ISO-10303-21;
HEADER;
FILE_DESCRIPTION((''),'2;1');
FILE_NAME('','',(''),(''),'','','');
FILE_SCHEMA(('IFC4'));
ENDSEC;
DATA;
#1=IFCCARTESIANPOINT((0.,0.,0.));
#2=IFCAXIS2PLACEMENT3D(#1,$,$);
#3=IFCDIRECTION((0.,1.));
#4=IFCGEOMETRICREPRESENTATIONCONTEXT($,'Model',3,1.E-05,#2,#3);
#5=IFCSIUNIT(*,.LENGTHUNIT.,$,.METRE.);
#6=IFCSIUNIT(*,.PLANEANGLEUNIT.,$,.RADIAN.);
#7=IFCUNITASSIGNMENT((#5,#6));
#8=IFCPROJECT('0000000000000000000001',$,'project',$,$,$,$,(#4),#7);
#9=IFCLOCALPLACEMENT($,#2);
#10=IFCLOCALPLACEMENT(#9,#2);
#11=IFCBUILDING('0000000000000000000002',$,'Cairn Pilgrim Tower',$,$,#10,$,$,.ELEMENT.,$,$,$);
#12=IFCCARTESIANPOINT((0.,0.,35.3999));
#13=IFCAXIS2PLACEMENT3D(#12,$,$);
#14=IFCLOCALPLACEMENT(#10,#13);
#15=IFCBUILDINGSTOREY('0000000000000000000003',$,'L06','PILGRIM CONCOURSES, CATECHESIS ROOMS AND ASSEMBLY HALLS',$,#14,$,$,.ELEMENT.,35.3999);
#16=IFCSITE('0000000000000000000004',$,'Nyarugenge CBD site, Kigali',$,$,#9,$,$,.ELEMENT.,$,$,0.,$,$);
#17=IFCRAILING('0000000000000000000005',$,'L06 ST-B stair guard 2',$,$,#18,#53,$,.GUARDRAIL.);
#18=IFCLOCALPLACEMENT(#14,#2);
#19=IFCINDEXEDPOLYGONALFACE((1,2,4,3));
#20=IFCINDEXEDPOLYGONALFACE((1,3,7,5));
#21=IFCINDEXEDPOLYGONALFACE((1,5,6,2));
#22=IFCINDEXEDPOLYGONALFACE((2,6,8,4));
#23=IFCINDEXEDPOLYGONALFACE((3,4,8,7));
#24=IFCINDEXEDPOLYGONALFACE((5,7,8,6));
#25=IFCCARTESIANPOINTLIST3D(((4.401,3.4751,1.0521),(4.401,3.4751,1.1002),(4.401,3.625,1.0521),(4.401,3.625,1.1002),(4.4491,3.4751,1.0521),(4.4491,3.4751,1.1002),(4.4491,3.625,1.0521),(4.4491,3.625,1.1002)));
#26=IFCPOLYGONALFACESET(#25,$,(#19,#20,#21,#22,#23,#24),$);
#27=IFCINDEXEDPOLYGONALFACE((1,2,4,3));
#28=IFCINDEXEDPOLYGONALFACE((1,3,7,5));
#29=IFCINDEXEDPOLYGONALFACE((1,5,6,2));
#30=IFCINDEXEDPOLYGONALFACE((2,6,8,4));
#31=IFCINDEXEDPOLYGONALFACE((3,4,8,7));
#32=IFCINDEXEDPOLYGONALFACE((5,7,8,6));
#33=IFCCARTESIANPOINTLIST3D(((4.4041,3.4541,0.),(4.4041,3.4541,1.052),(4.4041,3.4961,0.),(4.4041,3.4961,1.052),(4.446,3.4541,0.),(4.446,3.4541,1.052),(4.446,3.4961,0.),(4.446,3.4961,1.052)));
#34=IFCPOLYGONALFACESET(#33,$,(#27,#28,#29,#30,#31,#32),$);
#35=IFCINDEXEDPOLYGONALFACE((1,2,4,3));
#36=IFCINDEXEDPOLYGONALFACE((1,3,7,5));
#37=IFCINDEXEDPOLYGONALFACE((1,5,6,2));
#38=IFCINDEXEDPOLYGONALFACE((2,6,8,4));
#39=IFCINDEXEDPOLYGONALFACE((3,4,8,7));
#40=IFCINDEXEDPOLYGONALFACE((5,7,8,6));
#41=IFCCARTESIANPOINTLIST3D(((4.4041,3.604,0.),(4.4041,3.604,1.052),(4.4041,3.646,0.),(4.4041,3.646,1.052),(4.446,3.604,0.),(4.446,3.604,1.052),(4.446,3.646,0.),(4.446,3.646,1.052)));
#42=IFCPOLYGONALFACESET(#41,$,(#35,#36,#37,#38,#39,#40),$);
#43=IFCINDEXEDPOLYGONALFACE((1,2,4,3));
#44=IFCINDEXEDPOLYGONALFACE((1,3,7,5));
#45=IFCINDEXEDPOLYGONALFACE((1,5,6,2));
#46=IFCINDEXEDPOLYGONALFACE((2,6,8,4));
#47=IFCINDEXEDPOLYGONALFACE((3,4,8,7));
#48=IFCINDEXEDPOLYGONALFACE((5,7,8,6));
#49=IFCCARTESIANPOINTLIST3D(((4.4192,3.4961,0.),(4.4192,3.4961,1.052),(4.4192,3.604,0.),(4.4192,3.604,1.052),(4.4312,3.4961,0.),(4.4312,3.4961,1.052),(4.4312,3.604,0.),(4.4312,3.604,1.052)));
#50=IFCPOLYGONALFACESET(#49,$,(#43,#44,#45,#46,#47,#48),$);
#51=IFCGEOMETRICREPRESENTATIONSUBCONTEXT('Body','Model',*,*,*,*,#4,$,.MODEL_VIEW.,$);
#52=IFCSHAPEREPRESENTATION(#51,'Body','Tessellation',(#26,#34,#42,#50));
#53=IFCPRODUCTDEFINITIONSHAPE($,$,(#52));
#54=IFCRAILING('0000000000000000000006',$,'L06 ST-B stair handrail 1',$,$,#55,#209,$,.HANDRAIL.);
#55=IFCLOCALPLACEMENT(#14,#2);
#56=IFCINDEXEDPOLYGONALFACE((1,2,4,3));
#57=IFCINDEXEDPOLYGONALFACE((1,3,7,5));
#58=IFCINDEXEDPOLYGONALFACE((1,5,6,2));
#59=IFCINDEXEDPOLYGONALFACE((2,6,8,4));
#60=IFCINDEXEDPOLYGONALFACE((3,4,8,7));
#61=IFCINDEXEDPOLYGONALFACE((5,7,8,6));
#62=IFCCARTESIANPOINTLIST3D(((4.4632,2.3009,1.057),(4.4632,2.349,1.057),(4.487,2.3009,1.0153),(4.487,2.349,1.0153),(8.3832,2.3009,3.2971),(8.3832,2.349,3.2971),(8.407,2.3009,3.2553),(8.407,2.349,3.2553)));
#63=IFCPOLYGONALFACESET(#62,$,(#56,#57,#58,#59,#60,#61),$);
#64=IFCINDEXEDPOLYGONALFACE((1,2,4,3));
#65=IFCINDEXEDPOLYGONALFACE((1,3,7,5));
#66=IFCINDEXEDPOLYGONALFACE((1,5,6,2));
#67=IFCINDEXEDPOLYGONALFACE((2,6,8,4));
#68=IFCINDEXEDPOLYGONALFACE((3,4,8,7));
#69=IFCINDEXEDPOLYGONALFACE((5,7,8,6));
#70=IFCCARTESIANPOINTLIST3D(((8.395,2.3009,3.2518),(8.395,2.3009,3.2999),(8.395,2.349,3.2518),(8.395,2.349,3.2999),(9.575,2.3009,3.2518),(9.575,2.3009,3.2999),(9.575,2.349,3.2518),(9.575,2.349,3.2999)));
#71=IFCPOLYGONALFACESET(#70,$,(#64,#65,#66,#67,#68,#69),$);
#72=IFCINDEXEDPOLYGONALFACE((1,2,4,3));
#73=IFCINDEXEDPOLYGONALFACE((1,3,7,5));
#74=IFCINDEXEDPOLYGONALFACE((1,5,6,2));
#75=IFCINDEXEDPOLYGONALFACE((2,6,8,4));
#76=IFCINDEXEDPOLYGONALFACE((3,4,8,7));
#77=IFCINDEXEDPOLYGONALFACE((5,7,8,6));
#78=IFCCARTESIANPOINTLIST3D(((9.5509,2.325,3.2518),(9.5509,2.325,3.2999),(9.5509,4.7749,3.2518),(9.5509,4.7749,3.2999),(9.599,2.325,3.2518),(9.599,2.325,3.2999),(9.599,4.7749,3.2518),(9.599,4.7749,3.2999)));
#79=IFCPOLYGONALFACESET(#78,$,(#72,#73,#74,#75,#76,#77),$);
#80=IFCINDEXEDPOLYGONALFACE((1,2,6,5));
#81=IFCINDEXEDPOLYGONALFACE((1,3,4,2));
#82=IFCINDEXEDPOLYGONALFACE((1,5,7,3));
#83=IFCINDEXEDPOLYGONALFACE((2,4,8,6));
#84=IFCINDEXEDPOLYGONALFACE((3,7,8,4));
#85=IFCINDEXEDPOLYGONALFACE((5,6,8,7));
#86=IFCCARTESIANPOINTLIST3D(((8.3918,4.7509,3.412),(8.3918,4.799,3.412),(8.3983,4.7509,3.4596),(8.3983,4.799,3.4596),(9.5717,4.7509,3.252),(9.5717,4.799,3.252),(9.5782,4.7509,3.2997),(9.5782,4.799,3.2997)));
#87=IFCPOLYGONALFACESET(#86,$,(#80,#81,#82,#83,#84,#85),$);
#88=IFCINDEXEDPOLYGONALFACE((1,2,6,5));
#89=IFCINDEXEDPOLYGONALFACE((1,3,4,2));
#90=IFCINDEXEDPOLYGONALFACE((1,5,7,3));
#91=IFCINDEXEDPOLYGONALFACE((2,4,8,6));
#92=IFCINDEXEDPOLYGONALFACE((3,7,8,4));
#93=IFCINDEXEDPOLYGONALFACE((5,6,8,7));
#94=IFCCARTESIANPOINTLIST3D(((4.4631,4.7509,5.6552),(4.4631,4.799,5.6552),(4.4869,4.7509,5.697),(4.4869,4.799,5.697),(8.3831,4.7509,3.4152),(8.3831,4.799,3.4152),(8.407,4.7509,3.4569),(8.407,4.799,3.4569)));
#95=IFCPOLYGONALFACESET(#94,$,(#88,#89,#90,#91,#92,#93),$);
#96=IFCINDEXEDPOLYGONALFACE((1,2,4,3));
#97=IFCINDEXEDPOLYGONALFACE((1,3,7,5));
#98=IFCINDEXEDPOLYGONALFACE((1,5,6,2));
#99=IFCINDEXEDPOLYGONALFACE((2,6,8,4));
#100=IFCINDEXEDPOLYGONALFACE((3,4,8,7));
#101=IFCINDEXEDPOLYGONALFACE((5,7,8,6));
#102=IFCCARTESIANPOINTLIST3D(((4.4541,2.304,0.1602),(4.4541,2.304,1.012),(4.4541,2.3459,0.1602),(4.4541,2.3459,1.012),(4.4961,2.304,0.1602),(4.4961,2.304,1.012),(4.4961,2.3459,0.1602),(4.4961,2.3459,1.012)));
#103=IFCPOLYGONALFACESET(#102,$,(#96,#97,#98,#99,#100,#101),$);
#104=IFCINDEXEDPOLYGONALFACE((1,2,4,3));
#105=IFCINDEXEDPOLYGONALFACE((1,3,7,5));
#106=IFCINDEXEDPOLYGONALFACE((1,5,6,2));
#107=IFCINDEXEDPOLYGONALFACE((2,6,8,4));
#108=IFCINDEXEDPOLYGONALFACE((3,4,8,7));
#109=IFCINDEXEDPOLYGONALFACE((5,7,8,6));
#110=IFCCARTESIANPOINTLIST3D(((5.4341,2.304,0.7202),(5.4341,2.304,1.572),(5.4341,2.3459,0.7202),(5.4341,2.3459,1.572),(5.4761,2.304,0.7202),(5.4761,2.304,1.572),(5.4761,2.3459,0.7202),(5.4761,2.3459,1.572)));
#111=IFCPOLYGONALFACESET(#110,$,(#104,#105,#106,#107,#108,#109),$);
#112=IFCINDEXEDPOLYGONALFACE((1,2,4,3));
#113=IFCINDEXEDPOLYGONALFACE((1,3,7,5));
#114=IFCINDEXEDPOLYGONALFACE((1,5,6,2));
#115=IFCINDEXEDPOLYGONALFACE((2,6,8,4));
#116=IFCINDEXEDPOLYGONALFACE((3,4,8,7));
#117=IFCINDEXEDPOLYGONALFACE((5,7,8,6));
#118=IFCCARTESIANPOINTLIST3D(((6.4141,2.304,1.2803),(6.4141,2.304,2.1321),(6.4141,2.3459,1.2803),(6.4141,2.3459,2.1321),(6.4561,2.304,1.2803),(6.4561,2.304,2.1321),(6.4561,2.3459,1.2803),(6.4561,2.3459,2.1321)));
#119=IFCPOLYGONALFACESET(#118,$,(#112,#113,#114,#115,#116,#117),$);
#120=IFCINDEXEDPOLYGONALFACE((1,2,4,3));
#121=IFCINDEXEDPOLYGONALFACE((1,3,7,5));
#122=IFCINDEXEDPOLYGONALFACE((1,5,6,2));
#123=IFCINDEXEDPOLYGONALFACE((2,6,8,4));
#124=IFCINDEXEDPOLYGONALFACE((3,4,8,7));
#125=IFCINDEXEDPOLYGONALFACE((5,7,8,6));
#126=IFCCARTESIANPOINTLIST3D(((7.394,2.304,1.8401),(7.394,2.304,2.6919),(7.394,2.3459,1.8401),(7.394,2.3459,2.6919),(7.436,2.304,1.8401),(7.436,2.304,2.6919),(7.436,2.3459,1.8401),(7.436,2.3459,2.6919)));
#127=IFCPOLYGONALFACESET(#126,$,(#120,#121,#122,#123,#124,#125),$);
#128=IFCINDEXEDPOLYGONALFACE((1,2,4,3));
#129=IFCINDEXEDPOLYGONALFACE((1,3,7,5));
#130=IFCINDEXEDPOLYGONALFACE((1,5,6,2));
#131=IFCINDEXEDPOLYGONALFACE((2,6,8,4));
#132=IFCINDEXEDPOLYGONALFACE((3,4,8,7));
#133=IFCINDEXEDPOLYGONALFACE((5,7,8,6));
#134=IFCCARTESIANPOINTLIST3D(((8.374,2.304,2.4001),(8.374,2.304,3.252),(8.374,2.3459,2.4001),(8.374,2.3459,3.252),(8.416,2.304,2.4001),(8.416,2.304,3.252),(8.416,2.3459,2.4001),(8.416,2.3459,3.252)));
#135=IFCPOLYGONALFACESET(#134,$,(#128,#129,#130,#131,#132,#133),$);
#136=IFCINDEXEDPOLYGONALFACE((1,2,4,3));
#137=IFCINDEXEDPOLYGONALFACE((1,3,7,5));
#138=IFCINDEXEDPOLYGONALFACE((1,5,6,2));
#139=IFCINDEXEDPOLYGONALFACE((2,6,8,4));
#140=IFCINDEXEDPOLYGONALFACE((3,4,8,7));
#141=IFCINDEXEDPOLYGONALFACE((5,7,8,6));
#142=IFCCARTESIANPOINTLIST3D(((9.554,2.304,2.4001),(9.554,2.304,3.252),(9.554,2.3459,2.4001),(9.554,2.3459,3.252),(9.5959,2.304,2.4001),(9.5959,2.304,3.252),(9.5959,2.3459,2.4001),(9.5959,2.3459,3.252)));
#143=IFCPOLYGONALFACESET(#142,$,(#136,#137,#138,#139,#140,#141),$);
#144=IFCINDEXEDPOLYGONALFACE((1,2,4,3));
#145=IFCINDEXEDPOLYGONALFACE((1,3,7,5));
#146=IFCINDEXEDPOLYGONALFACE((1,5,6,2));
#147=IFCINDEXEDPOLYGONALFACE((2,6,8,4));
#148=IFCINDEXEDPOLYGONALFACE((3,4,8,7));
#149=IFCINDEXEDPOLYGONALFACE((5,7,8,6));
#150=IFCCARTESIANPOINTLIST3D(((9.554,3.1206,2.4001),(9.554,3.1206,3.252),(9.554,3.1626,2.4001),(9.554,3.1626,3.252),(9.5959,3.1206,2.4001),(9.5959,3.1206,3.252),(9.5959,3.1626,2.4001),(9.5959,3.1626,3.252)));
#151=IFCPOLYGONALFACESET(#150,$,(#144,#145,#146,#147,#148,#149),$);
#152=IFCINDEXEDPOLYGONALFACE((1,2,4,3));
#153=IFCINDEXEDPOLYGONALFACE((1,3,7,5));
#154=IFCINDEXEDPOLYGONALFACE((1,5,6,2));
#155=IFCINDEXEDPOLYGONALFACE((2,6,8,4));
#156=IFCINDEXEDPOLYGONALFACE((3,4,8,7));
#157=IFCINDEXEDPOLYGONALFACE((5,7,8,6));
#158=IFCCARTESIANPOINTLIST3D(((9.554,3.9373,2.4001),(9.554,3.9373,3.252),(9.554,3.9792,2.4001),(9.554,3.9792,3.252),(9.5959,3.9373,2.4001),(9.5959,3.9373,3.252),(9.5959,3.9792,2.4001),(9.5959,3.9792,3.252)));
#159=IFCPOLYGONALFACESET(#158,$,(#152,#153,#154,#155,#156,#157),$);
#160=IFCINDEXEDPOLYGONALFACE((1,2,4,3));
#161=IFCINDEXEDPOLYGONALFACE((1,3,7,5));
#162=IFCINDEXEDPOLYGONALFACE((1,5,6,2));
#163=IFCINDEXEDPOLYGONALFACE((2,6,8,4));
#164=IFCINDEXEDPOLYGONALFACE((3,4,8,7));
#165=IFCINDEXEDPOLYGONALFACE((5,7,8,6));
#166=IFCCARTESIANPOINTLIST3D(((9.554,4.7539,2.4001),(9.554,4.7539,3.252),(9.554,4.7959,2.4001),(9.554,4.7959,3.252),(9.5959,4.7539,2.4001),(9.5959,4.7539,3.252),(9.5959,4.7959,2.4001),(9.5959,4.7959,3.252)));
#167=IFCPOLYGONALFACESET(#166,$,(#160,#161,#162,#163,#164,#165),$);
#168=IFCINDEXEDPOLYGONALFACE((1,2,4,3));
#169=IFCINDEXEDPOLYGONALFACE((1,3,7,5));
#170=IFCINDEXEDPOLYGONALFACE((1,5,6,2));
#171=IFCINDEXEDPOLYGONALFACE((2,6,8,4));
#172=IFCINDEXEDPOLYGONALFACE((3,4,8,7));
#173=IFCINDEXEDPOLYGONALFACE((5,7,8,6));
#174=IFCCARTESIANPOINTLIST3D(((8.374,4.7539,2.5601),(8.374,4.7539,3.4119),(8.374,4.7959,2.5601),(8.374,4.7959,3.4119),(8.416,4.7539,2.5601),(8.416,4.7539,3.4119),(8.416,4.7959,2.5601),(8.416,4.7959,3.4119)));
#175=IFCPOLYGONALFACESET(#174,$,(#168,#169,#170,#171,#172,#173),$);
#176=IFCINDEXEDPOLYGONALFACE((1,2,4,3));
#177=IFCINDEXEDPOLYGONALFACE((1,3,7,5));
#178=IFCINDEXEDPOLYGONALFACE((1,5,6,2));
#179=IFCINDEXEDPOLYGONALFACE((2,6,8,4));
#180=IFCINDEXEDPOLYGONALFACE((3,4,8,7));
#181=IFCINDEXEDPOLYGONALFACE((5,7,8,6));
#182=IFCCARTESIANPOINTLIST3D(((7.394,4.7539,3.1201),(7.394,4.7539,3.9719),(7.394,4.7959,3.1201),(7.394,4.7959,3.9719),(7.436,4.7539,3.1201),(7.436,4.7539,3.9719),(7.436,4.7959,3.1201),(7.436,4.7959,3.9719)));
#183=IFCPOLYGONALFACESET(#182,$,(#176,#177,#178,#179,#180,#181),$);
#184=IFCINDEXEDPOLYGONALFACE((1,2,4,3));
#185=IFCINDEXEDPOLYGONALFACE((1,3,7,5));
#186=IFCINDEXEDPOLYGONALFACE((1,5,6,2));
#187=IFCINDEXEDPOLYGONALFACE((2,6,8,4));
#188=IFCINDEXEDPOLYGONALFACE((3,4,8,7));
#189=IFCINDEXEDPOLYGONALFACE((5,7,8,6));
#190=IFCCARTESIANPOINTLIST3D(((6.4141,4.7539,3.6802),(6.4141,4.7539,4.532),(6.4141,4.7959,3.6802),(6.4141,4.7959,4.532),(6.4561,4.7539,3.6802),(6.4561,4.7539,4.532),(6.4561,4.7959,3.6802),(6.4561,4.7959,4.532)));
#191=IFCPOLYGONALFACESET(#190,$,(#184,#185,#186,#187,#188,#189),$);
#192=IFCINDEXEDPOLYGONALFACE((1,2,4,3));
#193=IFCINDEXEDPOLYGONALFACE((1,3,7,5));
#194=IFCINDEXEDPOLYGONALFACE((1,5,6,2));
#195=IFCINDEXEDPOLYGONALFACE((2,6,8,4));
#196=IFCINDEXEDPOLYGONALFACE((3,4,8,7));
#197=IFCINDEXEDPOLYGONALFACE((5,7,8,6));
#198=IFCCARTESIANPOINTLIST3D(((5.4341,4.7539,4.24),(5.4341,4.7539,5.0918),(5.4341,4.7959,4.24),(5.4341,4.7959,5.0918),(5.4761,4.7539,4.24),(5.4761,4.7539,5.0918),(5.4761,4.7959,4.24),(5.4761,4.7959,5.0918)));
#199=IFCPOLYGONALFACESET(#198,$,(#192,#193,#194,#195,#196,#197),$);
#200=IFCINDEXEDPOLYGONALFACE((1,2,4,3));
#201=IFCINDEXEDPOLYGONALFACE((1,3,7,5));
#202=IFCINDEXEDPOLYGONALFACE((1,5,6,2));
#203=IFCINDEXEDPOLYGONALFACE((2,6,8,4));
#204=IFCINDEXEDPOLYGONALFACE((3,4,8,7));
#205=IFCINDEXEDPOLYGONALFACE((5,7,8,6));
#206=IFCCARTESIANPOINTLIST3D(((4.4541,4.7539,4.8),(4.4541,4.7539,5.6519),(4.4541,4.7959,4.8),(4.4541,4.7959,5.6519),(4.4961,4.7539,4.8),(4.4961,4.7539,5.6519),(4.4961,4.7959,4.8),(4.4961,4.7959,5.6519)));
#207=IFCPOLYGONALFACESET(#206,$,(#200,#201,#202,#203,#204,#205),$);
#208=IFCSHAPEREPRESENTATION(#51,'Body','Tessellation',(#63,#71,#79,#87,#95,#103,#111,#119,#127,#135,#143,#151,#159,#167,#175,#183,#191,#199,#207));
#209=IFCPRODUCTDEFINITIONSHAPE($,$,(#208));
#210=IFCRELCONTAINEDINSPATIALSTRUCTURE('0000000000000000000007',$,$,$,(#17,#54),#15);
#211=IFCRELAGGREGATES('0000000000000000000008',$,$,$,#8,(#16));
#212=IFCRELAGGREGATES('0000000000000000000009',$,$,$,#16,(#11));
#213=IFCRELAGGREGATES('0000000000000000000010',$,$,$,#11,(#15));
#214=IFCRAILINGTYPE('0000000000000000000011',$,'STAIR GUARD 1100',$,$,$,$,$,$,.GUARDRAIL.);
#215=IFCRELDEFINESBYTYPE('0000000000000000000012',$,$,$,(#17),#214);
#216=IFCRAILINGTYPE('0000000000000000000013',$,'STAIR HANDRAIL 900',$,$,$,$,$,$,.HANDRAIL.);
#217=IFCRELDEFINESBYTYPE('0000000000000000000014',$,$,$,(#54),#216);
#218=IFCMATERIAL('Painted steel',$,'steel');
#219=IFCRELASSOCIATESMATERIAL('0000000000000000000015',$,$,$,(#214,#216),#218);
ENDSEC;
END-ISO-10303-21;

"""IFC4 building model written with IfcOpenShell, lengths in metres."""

from ifc_helpers import new_model, si_unit, direction, frame, origin, origin_2d, place, context, subcontext, project, spatial, polyline, rectangle, outline, extrude, material, type_object, element, save


model = new_model("IFC4")

# Units and contexts
model_context = context("Model", 3, precision=1e-05, world=origin(), true_north=direction((0.0, 1.0)))
body_context = subcontext(model_context, "Body", "Model", "MODEL_VIEW")
ifc_project = project(units=[si_unit("LENGTHUNIT", "METRE"), si_unit("PLANEANGLEUNIT", "RADIAN")], contexts=[model_context])

# Site, building, storey
site_placement = place(None, origin())
site = spatial("IfcSite", under=ifc_project, at=site_placement, Name="Nyarugenge CBD site, Kigali", CompositionType="ELEMENT", RefElevation=0.0)
building_placement = place(site_placement, origin())
building = spatial("IfcBuilding", under=site, at=building_placement, Name="Cairn Pilgrim Tower", CompositionType="ELEMENT")
storey_placement = place(building_placement, frame((0.0, 0.0, 35.3999)))
storey = spatial("IfcBuildingStorey", under=building, at=storey_placement, Name="L06", Description="PILGRIM CONCOURSES, CATECHESIS ROOMS AND ASSEMBLY HALLS", CompositionType="ELEMENT", Elevation=35.3999)

# Shared definitions
ifc_material_1 = material(Name="Painted steel", Category="steel")

# Railings
railing_type_1 = type_object("IfcRailingType", Name="STAIR GUARD 1100", PredefinedType="GUARDRAIL", material=ifc_material_1)
railing_1_placement = place(storey_placement, frame((4.425, 3.4751, 0.0)))
element("IfcRailing", 1, at=railing_1_placement, inside=storey, type_object=railing_type_1, Name="L06 ST-B stair guard 2", PredefinedType="GUARDRAIL", context=body_context, shape_type="SweptSolid", body=[
    extrude(rectangle(XDim=0.0481, YDim=0.0481, at=origin_2d()), frame((0.0, 0.0, 1.0762), z_axis=(0.0, 1.0, 0.0), x_axis=(-1.0, 0.0, 0.0)), (0.0, 0.0, 1.0), 0.1499),
    extrude(rectangle(XDim=0.042, YDim=0.042, at=origin_2d()), origin(), (0.0, 0.0, 1.0), 1.052),
    extrude(rectangle(XDim=0.042, YDim=0.042, at=origin_2d()), frame((0.0, 0.1499, 0.0)), (0.0, 0.0, 1.0), 1.052),
    extrude(outline(polyline([(0.021, 0.0), (0.1289, 0.0), (0.1289, 1.052), (0.021, 1.052), (0.021, 0.0)])), frame((-0.0059, 0.0, 0.0), z_axis=(1.0, 0.0, 0.0), x_axis=(0.0, 1.0, 0.0)), (0.0, 0.0, 1.0), 0.012),
])
railing_type_2 = type_object("IfcRailingType", Name="STAIR HANDRAIL 900", PredefinedType="HANDRAIL", material=ifc_material_1)
railing_2_placement = place(storey_placement, frame((4.4751, 2.325, 0.1602)))
element("IfcRailing", 2, at=railing_2_placement, inside=storey, type_object=railing_type_2, Name="L06 ST-B stair handrail 1", PredefinedType="HANDRAIL", context=body_context, shape_type="SweptSolid", body=[
    extrude(rectangle(XDim=0.0481, YDim=0.0481, at=origin_2d()), frame((0.0, 0.0, 0.876), z_axis=(0.86824, 0.0, 0.496145), x_axis=(0.0, 1.0, 0.0)), (0.0, 0.0, 1.0), 4.5149),
    extrude(rectangle(XDim=0.0481, YDim=0.0481, at=origin_2d()), frame((3.9199, 0.0, 3.1157), z_axis=(1.0, 0.0, 0.0), x_axis=(0.0, 1.0, 0.0)), (0.0, 0.0, 1.0), 1.1799),
    extrude(rectangle(XDim=0.0481, YDim=0.0481, at=origin_2d()), frame((5.0999, 0.0, 3.1157), z_axis=(0.0, 1.0, 0.0), x_axis=(-1.0, 0.0, 0.0)), (0.0, 0.0, 1.0), 2.45),
    extrude(rectangle(XDim=0.0481, YDim=0.0481, at=origin_2d()), frame((5.0999, 2.45, 3.1157), z_axis=(-0.990941, 0.0, 0.134299), x_axis=(0.0, -1.0, 0.0)), (0.0, 0.0, 1.0), 1.1907),
    extrude(rectangle(XDim=0.0481, YDim=0.0481, at=origin_2d()), frame((3.9199, 2.45, 3.2759), z_axis=(-0.86824, 0.0, 0.496145), x_axis=(0.0, -1.0, 0.0)), (0.0, 0.0, 1.0), 4.5149),
    extrude(rectangle(XDim=0.042, YDim=0.042, at=origin_2d()), origin(), (0.0, 0.0, 1.0), 0.8518),
    extrude(rectangle(XDim=0.042, YDim=0.042, at=origin_2d()), frame((0.98, 0.0, 0.5601)), (0.0, 0.0, 1.0), 0.8518),
    extrude(rectangle(XDim=0.042, YDim=0.042, at=origin_2d()), frame((1.96, 0.0, 1.1201)), (0.0, 0.0, 1.0), 0.8518),
    extrude(rectangle(XDim=0.042, YDim=0.042, at=origin_2d()), frame((2.9399, 0.0, 1.6799)), (0.0, 0.0, 1.0), 0.8518),
    extrude(rectangle(XDim=0.042, YDim=0.042, at=origin_2d()), frame((3.9199, 0.0, 2.24)), (0.0, 0.0, 1.0), 0.8518),
    extrude(rectangle(XDim=0.042, YDim=0.042, at=origin_2d()), frame((5.0999, 0.0, 2.24)), (0.0, 0.0, 1.0), 0.8518),
    extrude(rectangle(XDim=0.042, YDim=0.042, at=origin_2d()), frame((5.0999, 0.8167, 2.24)), (0.0, 0.0, 1.0), 0.8518),
    extrude(rectangle(XDim=0.042, YDim=0.042, at=origin_2d()), frame((5.0999, 1.6333, 2.24)), (0.0, 0.0, 1.0), 0.8518),
    extrude(rectangle(XDim=0.042, YDim=0.042, at=origin_2d()), frame((5.0999, 2.45, 2.24)), (0.0, 0.0, 1.0), 0.8518),
    extrude(rectangle(XDim=0.042, YDim=0.042, at=origin_2d()), frame((3.9199, 2.45, 2.3999)), (0.0, 0.0, 1.0), 0.8518),
    extrude(rectangle(XDim=0.042, YDim=0.042, at=origin_2d()), frame((2.9399, 2.45, 2.96)), (0.0, 0.0, 1.0), 0.8518),
    extrude(rectangle(XDim=0.042, YDim=0.042, at=origin_2d()), frame((1.96, 2.45, 3.52)), (0.0, 0.0, 1.0), 0.8518),
    extrude(rectangle(XDim=0.042, YDim=0.042, at=origin_2d()), frame((0.98, 2.45, 4.0798)), (0.0, 0.0, 1.0), 0.8518),
    extrude(rectangle(XDim=0.042, YDim=0.042, at=origin_2d()), frame((0.0, 2.45, 4.6399)), (0.0, 0.0, 1.0), 0.8518),
])

save(model, "model.ifc")
